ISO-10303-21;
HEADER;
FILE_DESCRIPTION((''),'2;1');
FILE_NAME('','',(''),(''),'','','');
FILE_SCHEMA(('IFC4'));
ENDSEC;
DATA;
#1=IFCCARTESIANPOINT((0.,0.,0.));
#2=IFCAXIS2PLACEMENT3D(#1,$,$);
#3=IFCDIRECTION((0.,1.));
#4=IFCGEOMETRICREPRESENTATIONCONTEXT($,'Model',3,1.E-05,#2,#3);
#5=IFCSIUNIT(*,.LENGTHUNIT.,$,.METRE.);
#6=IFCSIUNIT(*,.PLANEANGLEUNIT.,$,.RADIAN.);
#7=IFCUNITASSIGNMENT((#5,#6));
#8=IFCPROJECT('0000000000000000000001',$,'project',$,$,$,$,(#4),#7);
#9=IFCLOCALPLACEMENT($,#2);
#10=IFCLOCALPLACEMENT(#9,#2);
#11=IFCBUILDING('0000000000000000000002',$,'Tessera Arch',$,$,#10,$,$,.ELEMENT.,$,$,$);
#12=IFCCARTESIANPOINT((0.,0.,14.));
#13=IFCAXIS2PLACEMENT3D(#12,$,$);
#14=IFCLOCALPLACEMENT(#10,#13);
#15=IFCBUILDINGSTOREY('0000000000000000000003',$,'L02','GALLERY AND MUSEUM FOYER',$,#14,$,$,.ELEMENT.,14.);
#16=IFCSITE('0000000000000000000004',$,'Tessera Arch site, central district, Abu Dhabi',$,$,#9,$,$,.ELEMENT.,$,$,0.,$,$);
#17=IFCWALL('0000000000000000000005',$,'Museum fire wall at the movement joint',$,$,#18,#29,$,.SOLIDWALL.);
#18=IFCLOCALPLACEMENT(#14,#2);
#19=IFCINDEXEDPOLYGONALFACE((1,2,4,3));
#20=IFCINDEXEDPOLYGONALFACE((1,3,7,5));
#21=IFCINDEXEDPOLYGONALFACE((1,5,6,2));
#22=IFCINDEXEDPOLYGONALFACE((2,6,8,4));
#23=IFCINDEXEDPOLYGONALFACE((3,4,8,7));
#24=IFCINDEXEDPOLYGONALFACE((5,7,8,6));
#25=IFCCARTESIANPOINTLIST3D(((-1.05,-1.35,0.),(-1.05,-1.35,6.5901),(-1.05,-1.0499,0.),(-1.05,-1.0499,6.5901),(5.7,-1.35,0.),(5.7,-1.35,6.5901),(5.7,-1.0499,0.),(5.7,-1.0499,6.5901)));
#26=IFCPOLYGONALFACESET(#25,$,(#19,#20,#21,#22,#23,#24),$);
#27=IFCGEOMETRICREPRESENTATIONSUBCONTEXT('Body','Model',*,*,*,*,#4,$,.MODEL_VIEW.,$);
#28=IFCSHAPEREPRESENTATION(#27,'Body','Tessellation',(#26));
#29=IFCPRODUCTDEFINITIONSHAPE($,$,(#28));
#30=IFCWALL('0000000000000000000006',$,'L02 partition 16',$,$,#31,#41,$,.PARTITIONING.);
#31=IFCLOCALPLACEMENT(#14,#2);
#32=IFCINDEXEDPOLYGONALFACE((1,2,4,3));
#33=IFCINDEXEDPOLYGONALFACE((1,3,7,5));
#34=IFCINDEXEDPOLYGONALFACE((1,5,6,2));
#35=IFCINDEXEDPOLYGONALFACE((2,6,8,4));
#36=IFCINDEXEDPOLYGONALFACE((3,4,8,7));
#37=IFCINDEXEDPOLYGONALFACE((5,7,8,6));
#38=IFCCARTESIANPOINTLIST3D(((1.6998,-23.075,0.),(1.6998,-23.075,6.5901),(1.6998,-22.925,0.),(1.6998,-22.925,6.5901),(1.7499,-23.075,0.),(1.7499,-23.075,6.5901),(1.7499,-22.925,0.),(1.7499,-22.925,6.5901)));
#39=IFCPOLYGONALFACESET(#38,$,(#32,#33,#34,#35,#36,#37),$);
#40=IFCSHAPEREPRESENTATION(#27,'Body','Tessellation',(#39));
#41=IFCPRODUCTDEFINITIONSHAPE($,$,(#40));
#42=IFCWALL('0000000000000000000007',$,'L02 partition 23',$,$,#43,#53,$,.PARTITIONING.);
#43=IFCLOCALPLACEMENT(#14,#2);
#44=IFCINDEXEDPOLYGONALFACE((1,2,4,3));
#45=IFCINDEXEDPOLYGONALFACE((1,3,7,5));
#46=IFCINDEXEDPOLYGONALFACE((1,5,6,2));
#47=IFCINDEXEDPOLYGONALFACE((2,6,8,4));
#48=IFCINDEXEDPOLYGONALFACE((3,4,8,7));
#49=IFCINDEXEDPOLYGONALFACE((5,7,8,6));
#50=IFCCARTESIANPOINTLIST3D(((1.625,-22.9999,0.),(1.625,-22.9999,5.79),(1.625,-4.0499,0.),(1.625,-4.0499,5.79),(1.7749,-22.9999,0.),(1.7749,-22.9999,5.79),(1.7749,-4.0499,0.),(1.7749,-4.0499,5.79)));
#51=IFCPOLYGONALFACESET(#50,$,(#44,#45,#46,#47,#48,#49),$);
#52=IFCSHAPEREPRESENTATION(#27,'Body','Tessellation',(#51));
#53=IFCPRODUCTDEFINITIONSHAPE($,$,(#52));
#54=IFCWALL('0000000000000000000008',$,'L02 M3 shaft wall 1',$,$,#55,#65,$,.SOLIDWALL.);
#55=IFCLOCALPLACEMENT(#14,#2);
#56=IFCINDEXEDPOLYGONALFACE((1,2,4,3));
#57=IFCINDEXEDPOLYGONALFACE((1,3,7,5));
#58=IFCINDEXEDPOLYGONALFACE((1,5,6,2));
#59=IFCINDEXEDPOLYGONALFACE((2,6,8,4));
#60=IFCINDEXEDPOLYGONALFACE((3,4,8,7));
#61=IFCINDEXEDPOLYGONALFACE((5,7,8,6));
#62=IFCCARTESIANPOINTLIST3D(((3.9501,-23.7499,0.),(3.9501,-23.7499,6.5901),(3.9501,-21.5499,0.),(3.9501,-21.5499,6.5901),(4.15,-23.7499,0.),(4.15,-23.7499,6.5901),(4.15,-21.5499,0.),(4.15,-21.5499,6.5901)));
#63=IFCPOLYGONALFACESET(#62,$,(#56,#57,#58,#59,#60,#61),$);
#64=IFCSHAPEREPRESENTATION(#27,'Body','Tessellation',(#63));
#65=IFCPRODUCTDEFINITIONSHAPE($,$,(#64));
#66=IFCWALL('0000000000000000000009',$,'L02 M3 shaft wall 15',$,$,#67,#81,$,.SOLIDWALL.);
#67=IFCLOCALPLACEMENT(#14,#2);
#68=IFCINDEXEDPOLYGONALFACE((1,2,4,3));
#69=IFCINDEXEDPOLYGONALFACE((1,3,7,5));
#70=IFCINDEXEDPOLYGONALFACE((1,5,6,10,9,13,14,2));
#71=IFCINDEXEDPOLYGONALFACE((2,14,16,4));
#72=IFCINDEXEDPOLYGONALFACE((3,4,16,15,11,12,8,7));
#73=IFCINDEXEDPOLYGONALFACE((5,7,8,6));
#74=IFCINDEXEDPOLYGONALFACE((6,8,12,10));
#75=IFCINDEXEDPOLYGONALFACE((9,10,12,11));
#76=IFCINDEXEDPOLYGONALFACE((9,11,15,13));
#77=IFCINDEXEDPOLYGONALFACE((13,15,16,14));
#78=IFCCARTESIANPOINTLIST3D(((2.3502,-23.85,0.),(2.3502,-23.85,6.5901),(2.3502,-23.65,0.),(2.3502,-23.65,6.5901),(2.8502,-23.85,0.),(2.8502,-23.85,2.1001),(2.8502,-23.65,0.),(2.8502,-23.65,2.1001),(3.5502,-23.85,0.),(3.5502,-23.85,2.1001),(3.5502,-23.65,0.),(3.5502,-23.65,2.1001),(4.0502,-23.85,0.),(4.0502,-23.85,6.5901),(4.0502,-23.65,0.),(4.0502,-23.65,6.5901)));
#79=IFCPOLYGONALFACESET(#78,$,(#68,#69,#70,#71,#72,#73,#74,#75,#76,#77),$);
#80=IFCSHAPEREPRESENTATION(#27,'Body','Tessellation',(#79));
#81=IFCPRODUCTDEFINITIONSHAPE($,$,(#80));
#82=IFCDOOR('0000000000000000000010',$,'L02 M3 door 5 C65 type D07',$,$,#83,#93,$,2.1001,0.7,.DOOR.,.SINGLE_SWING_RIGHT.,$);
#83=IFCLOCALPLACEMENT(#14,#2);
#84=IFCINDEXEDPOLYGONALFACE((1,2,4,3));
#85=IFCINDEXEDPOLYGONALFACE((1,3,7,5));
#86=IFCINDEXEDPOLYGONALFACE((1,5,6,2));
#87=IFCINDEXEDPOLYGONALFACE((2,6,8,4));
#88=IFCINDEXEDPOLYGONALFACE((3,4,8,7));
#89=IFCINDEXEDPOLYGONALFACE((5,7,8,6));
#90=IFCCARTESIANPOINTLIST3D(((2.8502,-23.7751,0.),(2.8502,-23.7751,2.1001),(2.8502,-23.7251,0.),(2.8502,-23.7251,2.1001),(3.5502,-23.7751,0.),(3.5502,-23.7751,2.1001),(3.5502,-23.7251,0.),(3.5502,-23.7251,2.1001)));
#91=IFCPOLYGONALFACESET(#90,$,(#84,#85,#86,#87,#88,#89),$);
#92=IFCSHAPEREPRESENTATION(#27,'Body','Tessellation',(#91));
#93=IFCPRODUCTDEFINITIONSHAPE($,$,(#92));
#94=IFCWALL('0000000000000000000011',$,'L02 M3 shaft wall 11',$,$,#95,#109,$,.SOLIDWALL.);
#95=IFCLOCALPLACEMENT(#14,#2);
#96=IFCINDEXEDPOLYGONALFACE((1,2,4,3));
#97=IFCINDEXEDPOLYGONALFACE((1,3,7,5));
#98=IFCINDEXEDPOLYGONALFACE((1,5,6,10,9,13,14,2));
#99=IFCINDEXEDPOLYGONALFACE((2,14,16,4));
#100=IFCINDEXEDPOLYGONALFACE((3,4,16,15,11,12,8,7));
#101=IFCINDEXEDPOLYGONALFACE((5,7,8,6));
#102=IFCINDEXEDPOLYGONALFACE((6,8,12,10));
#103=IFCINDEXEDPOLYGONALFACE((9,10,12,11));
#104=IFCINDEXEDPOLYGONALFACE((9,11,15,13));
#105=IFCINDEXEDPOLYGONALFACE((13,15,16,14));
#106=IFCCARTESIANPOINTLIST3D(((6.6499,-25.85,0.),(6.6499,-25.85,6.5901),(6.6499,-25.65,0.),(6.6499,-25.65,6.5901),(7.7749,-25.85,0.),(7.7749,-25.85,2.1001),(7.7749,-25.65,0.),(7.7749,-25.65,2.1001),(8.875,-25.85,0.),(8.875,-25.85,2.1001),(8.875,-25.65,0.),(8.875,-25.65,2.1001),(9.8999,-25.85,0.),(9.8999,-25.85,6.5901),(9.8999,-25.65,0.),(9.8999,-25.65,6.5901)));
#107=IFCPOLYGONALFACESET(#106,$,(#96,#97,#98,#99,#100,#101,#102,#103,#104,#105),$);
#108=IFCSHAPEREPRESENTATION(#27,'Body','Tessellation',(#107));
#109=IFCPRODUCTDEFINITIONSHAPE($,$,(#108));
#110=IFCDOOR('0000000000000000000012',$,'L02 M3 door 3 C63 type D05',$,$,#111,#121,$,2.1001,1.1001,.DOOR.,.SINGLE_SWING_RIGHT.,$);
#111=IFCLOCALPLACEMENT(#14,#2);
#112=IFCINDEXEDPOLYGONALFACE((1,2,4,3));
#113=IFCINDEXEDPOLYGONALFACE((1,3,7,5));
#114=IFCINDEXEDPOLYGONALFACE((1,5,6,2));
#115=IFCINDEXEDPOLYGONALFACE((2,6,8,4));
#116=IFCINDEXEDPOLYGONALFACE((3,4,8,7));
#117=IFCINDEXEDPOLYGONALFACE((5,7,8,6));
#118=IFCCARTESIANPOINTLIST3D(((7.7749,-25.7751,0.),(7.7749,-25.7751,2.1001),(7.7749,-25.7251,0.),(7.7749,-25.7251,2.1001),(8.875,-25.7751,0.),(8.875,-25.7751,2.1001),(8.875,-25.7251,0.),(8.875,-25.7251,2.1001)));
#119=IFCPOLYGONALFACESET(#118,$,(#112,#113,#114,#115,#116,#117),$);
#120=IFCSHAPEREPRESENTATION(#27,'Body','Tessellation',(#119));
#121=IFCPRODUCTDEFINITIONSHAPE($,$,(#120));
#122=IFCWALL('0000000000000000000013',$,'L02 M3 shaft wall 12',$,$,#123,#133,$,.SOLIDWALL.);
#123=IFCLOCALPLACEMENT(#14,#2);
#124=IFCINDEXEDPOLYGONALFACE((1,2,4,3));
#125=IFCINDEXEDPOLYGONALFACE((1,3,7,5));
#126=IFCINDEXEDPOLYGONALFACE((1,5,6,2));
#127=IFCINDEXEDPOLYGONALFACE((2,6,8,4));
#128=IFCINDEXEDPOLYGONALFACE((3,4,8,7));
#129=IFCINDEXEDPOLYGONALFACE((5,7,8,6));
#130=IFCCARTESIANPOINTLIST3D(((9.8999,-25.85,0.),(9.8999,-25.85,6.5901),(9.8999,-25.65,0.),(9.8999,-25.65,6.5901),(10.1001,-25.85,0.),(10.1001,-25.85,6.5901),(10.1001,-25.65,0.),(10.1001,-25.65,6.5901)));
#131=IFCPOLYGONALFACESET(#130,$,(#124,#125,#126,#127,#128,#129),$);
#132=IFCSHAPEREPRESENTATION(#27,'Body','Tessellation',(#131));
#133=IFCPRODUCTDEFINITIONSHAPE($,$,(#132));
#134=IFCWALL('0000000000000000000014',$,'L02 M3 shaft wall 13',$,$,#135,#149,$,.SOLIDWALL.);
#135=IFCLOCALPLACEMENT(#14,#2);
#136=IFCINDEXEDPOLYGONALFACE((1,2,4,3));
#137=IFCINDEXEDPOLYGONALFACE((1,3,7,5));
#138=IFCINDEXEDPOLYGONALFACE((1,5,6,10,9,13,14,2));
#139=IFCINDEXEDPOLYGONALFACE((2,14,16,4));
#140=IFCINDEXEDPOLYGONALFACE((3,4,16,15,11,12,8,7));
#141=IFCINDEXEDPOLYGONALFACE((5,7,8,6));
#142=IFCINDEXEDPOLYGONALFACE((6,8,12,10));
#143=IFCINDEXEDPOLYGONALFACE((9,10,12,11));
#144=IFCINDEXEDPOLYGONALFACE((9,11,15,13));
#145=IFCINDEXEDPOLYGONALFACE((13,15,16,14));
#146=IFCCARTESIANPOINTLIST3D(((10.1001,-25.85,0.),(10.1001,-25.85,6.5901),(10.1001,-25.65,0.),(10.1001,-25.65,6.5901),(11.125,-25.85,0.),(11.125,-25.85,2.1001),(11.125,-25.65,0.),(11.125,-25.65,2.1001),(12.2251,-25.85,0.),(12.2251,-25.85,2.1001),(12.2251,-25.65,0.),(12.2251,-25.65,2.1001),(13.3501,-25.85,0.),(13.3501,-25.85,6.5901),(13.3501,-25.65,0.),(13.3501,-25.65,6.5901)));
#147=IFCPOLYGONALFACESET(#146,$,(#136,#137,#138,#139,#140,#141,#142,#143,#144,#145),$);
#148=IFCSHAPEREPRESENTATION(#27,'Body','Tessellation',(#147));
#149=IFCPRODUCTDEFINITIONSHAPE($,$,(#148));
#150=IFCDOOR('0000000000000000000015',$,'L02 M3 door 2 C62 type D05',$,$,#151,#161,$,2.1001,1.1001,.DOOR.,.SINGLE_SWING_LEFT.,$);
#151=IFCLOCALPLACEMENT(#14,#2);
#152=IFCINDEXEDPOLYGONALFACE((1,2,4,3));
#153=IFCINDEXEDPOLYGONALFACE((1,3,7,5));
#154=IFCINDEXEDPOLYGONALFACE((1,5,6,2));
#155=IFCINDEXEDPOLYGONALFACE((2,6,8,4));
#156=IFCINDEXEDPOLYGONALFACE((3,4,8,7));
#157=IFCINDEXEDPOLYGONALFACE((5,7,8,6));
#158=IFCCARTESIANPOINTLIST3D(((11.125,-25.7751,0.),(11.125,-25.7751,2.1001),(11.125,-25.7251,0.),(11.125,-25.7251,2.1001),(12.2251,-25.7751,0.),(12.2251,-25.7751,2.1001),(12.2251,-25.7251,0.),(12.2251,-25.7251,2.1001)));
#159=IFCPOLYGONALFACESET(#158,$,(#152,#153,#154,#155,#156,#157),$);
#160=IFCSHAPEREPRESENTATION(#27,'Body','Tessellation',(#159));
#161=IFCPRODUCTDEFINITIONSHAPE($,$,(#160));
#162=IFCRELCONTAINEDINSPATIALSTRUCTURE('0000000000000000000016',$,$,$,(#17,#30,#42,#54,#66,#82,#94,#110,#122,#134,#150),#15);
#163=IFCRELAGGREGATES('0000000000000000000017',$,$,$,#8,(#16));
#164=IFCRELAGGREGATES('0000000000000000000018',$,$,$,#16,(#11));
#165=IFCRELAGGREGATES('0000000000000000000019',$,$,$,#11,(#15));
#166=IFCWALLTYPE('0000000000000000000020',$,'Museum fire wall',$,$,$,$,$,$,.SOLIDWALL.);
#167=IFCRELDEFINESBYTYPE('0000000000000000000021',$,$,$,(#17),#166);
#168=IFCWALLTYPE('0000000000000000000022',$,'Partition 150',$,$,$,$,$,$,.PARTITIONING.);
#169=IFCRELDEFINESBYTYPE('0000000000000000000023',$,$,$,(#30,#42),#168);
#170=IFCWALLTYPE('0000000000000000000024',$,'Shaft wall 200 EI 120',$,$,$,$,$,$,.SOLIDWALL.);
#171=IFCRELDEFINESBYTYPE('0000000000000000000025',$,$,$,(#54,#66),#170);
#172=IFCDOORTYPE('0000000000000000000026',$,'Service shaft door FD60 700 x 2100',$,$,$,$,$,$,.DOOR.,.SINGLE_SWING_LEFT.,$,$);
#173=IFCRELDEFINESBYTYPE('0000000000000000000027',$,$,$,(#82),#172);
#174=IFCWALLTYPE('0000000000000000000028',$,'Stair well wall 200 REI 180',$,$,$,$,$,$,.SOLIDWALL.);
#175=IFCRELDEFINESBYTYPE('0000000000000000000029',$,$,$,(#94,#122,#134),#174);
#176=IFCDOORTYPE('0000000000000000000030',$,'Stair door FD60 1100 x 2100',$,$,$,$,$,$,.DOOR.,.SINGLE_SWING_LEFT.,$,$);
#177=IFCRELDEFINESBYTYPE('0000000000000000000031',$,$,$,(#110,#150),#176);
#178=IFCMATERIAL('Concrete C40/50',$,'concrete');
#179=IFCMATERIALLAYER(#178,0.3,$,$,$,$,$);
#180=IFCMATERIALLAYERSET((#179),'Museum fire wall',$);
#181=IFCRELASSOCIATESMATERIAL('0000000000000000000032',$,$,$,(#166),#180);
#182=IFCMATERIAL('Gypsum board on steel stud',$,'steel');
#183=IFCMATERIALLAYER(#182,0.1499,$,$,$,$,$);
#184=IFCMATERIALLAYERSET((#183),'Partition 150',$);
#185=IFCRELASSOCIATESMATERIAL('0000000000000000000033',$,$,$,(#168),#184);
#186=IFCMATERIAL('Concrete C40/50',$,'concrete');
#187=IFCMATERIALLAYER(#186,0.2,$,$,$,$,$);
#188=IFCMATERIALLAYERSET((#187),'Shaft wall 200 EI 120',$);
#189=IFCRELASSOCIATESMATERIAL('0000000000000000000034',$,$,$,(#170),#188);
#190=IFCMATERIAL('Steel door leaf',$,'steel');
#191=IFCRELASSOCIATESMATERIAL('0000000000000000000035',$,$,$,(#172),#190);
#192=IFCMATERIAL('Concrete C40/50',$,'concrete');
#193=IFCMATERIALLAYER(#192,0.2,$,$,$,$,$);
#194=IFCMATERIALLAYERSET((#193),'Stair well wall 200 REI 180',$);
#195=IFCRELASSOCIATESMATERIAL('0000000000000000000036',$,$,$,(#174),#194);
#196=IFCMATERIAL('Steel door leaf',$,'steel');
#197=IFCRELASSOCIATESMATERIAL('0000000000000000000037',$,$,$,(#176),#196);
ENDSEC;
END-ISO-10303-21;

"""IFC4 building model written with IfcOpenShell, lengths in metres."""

from ifc_helpers import new_model, si_unit, direction, frame, frame_2d, origin, place, context, subcontext, project, spatial, rectangle, extrude, material, layer, layer_set, type_object, element, fill, save


model = new_model("IFC4")

# Units and contexts
model_context = context("Model", 3, precision=1e-05, world=origin(), true_north=direction((0.0, 1.0)))
body_context = subcontext(model_context, "Body", "Model", "MODEL_VIEW")
ifc_project = project(units=[si_unit("LENGTHUNIT", "METRE"), si_unit("PLANEANGLEUNIT", "RADIAN")], contexts=[model_context])

# Site, building, storey
site_placement = place(None, origin())
site = spatial("IfcSite", under=ifc_project, at=site_placement, Name="Tessera Arch site, central district, Abu Dhabi", CompositionType="ELEMENT", RefElevation=0.0)
building_placement = place(site_placement, origin())
building = spatial("IfcBuilding", under=site, at=building_placement, Name="Tessera Arch", CompositionType="ELEMENT")
storey_placement = place(building_placement, frame((0.0, 0.0, 14.0)))
storey = spatial("IfcBuildingStorey", under=building, at=storey_placement, Name="L02", Description="GALLERY AND MUSEUM FOYER", CompositionType="ELEMENT", Elevation=14.0)

# Walls
ifc_material_1 = material(Name="Concrete C40/50", Category="concrete")
ifc_layer_1 = layer(ifc_material_1, 0.3)
ifc_layer_set_1 = layer_set([ifc_layer_1], Name="Museum fire wall")
wall_type_1 = type_object("IfcWallType", Name="Museum fire wall", PredefinedType="SOLIDWALL", material=ifc_layer_set_1)
wall_1_placement = place(storey_placement, frame((5.7, -1.2, 0.0), z_axis=(0.0, 0.0, 1.0), x_axis=(-1.0, 0.0, 0.0)))
element("IfcWall", 1, at=wall_1_placement, inside=storey, type_object=wall_type_1, Name="Museum fire wall at the movement joint", PredefinedType="SOLIDWALL", context=body_context, shape_type="SweptSolid", body=[
    extrude(rectangle(XDim=6.75, YDim=0.3, at=frame_2d((3.375, 0.0))), origin(), (0.0, 0.0, 1.0), 6.5901),
])
ifc_material_2 = material(Name="Gypsum board on steel stud", Category="steel")
ifc_layer_2 = layer(ifc_material_2, 0.1499)
ifc_layer_set_2 = layer_set([ifc_layer_2], Name="Partition 150")
wall_type_2 = type_object("IfcWallType", Name="Partition 150", PredefinedType="PARTITIONING", material=ifc_layer_set_2)
wall_2_placement = place(storey_placement, frame((1.7, -23.0, 0.0), z_axis=(0.0, 0.0, 1.0), x_axis=(1.0, 0.0, 0.0)))
element("IfcWall", 2, at=wall_2_placement, inside=storey, type_object=wall_type_2, Name="L02 partition 16", PredefinedType="PARTITIONING", context=body_context, shape_type="SweptSolid", body=[
    extrude(rectangle(XDim=0.05, YDim=0.1499, at=frame_2d((0.0249, 0.0))), origin(), (0.0, 0.0, 1.0), 6.5901),
])
wall_3_placement = place(storey_placement, frame((1.7, -23.0, 0.0), z_axis=(0.0, 0.0, 1.0), x_axis=(0.0, 1.0, 0.0)))
element("IfcWall", 3, at=wall_3_placement, inside=storey, type_object=wall_type_2, Name="L02 partition 23", PredefinedType="PARTITIONING", context=body_context, shape_type="SweptSolid", body=[
    extrude(rectangle(XDim=18.95, YDim=0.1499, at=frame_2d((9.4751, 0.0))), origin(), (0.0, 0.0, 1.0), 5.79),
])
ifc_material_3 = material(Name="Concrete C40/50", Category="concrete")
ifc_layer_3 = layer(ifc_material_3, 0.2)
ifc_layer_set_3 = layer_set([ifc_layer_3], Name="Shaft wall 200 EI 120")
wall_type_3 = type_object("IfcWallType", Name="Shaft wall 200 EI 120", PredefinedType="SOLIDWALL", material=ifc_layer_set_3)
wall_4_placement = place(storey_placement, frame((4.05, -23.75, 0.0), z_axis=(0.0, 0.0, 1.0), x_axis=(0.0, 1.0, 0.0)))
element("IfcWall", 4, at=wall_4_placement, inside=storey, type_object=wall_type_3, Name="L02 M3 shaft wall 1", PredefinedType="SOLIDWALL", context=body_context, shape_type="SweptSolid", body=[
    extrude(rectangle(XDim=2.2, YDim=0.2, at=frame_2d((1.1001, 0.0))), origin(), (0.0, 0.0, 1.0), 6.5901),
])

# Walls, openings, doors
wall_5_placement = place(storey_placement, frame((2.3501, -23.75, 0.0), z_axis=(0.0, 0.0, 1.0), x_axis=(1.0, 0.0, 0.0)))
wall_5 = element("IfcWall", 5, at=wall_5_placement, inside=storey, type_object=wall_type_3, Name="L02 M3 shaft wall 15", PredefinedType="SOLIDWALL", context=body_context, shape_type="SweptSolid", body=[
    extrude(rectangle(XDim=1.7, YDim=0.2, at=frame_2d((0.8501, 0.0))), origin(), (0.0, 0.0, 1.0), 6.5901),
])
opening_1_placement = place(wall_5_placement, frame((0.5, 0.0, 0.0)))
opening_1 = element("IfcOpeningElement", 6, at=opening_1_placement, cuts=wall_5, PredefinedType="OPENING", context=body_context, shape_type="SweptSolid", body=[
    extrude(rectangle(XDim=0.7, YDim=2.1001, at=frame_2d((0.3501, 1.05))), frame((0.0, 0.1099, 0.0), z_axis=(0.0, -1.0, 0.0), x_axis=(1.0, 0.0, 0.0)), (0.0, 0.0, 1.0), 0.22),
])
ifc_material_4 = material(Name="Steel door leaf", Category="steel")
door_type_1 = type_object("IfcDoorType", Name="Service shaft door FD60 700 x 2100", OperationType="SINGLE_SWING_LEFT", PredefinedType="DOOR", material=ifc_material_4)
door_1_placement = place(opening_1_placement, origin())
door_1 = element("IfcDoor", 7, at=door_1_placement, inside=storey, type_object=door_type_1, Name="L02 M3 door 5 C65 type D07", OperationType="SINGLE_SWING_RIGHT", OverallHeight=2.1001, OverallWidth=0.7, PredefinedType="DOOR", context=body_context, shape_type="SweptSolid", body=[
    extrude(rectangle(XDim=0.7, YDim=2.1001, at=frame_2d((0.3501, 1.05))), frame((0.0, 0.0249, 0.0), z_axis=(0.0, -1.0, 0.0), x_axis=(1.0, 0.0, 0.0)), (0.0, 0.0, 1.0), 0.05),
])
fill(opening_1, door_1)
ifc_material_5 = material(Name="Concrete C40/50", Category="concrete")
ifc_layer_4 = layer(ifc_material_5, 0.2)
ifc_layer_set_4 = layer_set([ifc_layer_4], Name="Stair well wall 200 REI 180")
wall_type_4 = type_object("IfcWallType", Name="Stair well wall 200 REI 180", PredefinedType="SOLIDWALL", material=ifc_layer_set_4)
wall_6_placement = place(storey_placement, frame((6.6499, -25.75, 0.0), z_axis=(0.0, 0.0, 1.0), x_axis=(1.0, 0.0, 0.0)))
wall_6 = element("IfcWall", 8, at=wall_6_placement, inside=storey, type_object=wall_type_4, Name="L02 M3 shaft wall 11", PredefinedType="SOLIDWALL", context=body_context, shape_type="SweptSolid", body=[
    extrude(rectangle(XDim=3.25, YDim=0.2, at=frame_2d((1.625, 0.0))), origin(), (0.0, 0.0, 1.0), 6.5901),
])
opening_2_placement = place(wall_6_placement, frame((1.125, 0.0, 0.0)))
opening_2 = element("IfcOpeningElement", 9, at=opening_2_placement, cuts=wall_6, PredefinedType="OPENING", context=body_context, shape_type="SweptSolid", body=[
    extrude(rectangle(XDim=1.1001, YDim=2.1001, at=frame_2d((0.55, 1.05))), frame((0.0, 0.1099, 0.0), z_axis=(0.0, -1.0, 0.0), x_axis=(1.0, 0.0, 0.0)), (0.0, 0.0, 1.0), 0.22),
])
ifc_material_6 = material(Name="Steel door leaf", Category="steel")
door_type_2 = type_object("IfcDoorType", Name="Stair door FD60 1100 x 2100", OperationType="SINGLE_SWING_LEFT", PredefinedType="DOOR", material=ifc_material_6)
door_2_placement = place(opening_2_placement, origin())
door_2 = element("IfcDoor", 10, at=door_2_placement, inside=storey, type_object=door_type_2, Name="L02 M3 door 3 C63 type D05", OperationType="SINGLE_SWING_RIGHT", OverallHeight=2.1001, OverallWidth=1.1001, PredefinedType="DOOR", context=body_context, shape_type="SweptSolid", body=[
    extrude(rectangle(XDim=1.1001, YDim=2.1001, at=frame_2d((0.55, 1.05))), frame((0.0, 0.0249, 0.0), z_axis=(0.0, -1.0, 0.0), x_axis=(1.0, 0.0, 0.0)), (0.0, 0.0, 1.0), 0.05),
])
fill(opening_2, door_2)

# Wall
wall_7_placement = place(storey_placement, frame((9.8999, -25.75, 0.0), z_axis=(0.0, 0.0, 1.0), x_axis=(1.0, 0.0, 0.0)))
element("IfcWall", 11, at=wall_7_placement, inside=storey, type_object=wall_type_4, Name="L02 M3 shaft wall 12", PredefinedType="SOLIDWALL", context=body_context, shape_type="SweptSolid", body=[
    extrude(rectangle(XDim=0.2002, YDim=0.2, at=frame_2d((0.1001, 0.0))), origin(), (0.0, 0.0, 1.0), 6.5901),
])

# Wall, opening, door
wall_8_placement = place(storey_placement, frame((10.1001, -25.75, 0.0), z_axis=(0.0, 0.0, 1.0), x_axis=(1.0, 0.0, 0.0)))
wall_8 = element("IfcWall", 12, at=wall_8_placement, inside=storey, type_object=wall_type_4, Name="L02 M3 shaft wall 13", PredefinedType="SOLIDWALL", context=body_context, shape_type="SweptSolid", body=[
    extrude(rectangle(XDim=3.25, YDim=0.2, at=frame_2d((1.625, 0.0))), origin(), (0.0, 0.0, 1.0), 6.5901),
])
opening_3_placement = place(wall_8_placement, frame((1.0249, 0.0, 0.0)))
opening_3 = element("IfcOpeningElement", 13, at=opening_3_placement, cuts=wall_8, PredefinedType="OPENING", context=body_context, shape_type="SweptSolid", body=[
    extrude(rectangle(XDim=1.1001, YDim=2.1001, at=frame_2d((0.55, 1.05))), frame((0.0, 0.1099, 0.0), z_axis=(0.0, -1.0, 0.0), x_axis=(1.0, 0.0, 0.0)), (0.0, 0.0, 1.0), 0.22),
])
door_3_placement = place(opening_3_placement, origin())
door_3 = element("IfcDoor", 14, at=door_3_placement, inside=storey, type_object=door_type_2, Name="L02 M3 door 2 C62 type D05", OperationType="SINGLE_SWING_LEFT", OverallHeight=2.1001, OverallWidth=1.1001, PredefinedType="DOOR", context=body_context, shape_type="SweptSolid", body=[
    extrude(rectangle(XDim=1.1001, YDim=2.1001, at=frame_2d((0.55, 1.05))), frame((0.0, 0.0249, 0.0), z_axis=(0.0, -1.0, 0.0), x_axis=(1.0, 0.0, 0.0)), (0.0, 0.0, 1.0), 0.05),
])
fill(opening_3, door_3)

save(model, "model.ifc")
